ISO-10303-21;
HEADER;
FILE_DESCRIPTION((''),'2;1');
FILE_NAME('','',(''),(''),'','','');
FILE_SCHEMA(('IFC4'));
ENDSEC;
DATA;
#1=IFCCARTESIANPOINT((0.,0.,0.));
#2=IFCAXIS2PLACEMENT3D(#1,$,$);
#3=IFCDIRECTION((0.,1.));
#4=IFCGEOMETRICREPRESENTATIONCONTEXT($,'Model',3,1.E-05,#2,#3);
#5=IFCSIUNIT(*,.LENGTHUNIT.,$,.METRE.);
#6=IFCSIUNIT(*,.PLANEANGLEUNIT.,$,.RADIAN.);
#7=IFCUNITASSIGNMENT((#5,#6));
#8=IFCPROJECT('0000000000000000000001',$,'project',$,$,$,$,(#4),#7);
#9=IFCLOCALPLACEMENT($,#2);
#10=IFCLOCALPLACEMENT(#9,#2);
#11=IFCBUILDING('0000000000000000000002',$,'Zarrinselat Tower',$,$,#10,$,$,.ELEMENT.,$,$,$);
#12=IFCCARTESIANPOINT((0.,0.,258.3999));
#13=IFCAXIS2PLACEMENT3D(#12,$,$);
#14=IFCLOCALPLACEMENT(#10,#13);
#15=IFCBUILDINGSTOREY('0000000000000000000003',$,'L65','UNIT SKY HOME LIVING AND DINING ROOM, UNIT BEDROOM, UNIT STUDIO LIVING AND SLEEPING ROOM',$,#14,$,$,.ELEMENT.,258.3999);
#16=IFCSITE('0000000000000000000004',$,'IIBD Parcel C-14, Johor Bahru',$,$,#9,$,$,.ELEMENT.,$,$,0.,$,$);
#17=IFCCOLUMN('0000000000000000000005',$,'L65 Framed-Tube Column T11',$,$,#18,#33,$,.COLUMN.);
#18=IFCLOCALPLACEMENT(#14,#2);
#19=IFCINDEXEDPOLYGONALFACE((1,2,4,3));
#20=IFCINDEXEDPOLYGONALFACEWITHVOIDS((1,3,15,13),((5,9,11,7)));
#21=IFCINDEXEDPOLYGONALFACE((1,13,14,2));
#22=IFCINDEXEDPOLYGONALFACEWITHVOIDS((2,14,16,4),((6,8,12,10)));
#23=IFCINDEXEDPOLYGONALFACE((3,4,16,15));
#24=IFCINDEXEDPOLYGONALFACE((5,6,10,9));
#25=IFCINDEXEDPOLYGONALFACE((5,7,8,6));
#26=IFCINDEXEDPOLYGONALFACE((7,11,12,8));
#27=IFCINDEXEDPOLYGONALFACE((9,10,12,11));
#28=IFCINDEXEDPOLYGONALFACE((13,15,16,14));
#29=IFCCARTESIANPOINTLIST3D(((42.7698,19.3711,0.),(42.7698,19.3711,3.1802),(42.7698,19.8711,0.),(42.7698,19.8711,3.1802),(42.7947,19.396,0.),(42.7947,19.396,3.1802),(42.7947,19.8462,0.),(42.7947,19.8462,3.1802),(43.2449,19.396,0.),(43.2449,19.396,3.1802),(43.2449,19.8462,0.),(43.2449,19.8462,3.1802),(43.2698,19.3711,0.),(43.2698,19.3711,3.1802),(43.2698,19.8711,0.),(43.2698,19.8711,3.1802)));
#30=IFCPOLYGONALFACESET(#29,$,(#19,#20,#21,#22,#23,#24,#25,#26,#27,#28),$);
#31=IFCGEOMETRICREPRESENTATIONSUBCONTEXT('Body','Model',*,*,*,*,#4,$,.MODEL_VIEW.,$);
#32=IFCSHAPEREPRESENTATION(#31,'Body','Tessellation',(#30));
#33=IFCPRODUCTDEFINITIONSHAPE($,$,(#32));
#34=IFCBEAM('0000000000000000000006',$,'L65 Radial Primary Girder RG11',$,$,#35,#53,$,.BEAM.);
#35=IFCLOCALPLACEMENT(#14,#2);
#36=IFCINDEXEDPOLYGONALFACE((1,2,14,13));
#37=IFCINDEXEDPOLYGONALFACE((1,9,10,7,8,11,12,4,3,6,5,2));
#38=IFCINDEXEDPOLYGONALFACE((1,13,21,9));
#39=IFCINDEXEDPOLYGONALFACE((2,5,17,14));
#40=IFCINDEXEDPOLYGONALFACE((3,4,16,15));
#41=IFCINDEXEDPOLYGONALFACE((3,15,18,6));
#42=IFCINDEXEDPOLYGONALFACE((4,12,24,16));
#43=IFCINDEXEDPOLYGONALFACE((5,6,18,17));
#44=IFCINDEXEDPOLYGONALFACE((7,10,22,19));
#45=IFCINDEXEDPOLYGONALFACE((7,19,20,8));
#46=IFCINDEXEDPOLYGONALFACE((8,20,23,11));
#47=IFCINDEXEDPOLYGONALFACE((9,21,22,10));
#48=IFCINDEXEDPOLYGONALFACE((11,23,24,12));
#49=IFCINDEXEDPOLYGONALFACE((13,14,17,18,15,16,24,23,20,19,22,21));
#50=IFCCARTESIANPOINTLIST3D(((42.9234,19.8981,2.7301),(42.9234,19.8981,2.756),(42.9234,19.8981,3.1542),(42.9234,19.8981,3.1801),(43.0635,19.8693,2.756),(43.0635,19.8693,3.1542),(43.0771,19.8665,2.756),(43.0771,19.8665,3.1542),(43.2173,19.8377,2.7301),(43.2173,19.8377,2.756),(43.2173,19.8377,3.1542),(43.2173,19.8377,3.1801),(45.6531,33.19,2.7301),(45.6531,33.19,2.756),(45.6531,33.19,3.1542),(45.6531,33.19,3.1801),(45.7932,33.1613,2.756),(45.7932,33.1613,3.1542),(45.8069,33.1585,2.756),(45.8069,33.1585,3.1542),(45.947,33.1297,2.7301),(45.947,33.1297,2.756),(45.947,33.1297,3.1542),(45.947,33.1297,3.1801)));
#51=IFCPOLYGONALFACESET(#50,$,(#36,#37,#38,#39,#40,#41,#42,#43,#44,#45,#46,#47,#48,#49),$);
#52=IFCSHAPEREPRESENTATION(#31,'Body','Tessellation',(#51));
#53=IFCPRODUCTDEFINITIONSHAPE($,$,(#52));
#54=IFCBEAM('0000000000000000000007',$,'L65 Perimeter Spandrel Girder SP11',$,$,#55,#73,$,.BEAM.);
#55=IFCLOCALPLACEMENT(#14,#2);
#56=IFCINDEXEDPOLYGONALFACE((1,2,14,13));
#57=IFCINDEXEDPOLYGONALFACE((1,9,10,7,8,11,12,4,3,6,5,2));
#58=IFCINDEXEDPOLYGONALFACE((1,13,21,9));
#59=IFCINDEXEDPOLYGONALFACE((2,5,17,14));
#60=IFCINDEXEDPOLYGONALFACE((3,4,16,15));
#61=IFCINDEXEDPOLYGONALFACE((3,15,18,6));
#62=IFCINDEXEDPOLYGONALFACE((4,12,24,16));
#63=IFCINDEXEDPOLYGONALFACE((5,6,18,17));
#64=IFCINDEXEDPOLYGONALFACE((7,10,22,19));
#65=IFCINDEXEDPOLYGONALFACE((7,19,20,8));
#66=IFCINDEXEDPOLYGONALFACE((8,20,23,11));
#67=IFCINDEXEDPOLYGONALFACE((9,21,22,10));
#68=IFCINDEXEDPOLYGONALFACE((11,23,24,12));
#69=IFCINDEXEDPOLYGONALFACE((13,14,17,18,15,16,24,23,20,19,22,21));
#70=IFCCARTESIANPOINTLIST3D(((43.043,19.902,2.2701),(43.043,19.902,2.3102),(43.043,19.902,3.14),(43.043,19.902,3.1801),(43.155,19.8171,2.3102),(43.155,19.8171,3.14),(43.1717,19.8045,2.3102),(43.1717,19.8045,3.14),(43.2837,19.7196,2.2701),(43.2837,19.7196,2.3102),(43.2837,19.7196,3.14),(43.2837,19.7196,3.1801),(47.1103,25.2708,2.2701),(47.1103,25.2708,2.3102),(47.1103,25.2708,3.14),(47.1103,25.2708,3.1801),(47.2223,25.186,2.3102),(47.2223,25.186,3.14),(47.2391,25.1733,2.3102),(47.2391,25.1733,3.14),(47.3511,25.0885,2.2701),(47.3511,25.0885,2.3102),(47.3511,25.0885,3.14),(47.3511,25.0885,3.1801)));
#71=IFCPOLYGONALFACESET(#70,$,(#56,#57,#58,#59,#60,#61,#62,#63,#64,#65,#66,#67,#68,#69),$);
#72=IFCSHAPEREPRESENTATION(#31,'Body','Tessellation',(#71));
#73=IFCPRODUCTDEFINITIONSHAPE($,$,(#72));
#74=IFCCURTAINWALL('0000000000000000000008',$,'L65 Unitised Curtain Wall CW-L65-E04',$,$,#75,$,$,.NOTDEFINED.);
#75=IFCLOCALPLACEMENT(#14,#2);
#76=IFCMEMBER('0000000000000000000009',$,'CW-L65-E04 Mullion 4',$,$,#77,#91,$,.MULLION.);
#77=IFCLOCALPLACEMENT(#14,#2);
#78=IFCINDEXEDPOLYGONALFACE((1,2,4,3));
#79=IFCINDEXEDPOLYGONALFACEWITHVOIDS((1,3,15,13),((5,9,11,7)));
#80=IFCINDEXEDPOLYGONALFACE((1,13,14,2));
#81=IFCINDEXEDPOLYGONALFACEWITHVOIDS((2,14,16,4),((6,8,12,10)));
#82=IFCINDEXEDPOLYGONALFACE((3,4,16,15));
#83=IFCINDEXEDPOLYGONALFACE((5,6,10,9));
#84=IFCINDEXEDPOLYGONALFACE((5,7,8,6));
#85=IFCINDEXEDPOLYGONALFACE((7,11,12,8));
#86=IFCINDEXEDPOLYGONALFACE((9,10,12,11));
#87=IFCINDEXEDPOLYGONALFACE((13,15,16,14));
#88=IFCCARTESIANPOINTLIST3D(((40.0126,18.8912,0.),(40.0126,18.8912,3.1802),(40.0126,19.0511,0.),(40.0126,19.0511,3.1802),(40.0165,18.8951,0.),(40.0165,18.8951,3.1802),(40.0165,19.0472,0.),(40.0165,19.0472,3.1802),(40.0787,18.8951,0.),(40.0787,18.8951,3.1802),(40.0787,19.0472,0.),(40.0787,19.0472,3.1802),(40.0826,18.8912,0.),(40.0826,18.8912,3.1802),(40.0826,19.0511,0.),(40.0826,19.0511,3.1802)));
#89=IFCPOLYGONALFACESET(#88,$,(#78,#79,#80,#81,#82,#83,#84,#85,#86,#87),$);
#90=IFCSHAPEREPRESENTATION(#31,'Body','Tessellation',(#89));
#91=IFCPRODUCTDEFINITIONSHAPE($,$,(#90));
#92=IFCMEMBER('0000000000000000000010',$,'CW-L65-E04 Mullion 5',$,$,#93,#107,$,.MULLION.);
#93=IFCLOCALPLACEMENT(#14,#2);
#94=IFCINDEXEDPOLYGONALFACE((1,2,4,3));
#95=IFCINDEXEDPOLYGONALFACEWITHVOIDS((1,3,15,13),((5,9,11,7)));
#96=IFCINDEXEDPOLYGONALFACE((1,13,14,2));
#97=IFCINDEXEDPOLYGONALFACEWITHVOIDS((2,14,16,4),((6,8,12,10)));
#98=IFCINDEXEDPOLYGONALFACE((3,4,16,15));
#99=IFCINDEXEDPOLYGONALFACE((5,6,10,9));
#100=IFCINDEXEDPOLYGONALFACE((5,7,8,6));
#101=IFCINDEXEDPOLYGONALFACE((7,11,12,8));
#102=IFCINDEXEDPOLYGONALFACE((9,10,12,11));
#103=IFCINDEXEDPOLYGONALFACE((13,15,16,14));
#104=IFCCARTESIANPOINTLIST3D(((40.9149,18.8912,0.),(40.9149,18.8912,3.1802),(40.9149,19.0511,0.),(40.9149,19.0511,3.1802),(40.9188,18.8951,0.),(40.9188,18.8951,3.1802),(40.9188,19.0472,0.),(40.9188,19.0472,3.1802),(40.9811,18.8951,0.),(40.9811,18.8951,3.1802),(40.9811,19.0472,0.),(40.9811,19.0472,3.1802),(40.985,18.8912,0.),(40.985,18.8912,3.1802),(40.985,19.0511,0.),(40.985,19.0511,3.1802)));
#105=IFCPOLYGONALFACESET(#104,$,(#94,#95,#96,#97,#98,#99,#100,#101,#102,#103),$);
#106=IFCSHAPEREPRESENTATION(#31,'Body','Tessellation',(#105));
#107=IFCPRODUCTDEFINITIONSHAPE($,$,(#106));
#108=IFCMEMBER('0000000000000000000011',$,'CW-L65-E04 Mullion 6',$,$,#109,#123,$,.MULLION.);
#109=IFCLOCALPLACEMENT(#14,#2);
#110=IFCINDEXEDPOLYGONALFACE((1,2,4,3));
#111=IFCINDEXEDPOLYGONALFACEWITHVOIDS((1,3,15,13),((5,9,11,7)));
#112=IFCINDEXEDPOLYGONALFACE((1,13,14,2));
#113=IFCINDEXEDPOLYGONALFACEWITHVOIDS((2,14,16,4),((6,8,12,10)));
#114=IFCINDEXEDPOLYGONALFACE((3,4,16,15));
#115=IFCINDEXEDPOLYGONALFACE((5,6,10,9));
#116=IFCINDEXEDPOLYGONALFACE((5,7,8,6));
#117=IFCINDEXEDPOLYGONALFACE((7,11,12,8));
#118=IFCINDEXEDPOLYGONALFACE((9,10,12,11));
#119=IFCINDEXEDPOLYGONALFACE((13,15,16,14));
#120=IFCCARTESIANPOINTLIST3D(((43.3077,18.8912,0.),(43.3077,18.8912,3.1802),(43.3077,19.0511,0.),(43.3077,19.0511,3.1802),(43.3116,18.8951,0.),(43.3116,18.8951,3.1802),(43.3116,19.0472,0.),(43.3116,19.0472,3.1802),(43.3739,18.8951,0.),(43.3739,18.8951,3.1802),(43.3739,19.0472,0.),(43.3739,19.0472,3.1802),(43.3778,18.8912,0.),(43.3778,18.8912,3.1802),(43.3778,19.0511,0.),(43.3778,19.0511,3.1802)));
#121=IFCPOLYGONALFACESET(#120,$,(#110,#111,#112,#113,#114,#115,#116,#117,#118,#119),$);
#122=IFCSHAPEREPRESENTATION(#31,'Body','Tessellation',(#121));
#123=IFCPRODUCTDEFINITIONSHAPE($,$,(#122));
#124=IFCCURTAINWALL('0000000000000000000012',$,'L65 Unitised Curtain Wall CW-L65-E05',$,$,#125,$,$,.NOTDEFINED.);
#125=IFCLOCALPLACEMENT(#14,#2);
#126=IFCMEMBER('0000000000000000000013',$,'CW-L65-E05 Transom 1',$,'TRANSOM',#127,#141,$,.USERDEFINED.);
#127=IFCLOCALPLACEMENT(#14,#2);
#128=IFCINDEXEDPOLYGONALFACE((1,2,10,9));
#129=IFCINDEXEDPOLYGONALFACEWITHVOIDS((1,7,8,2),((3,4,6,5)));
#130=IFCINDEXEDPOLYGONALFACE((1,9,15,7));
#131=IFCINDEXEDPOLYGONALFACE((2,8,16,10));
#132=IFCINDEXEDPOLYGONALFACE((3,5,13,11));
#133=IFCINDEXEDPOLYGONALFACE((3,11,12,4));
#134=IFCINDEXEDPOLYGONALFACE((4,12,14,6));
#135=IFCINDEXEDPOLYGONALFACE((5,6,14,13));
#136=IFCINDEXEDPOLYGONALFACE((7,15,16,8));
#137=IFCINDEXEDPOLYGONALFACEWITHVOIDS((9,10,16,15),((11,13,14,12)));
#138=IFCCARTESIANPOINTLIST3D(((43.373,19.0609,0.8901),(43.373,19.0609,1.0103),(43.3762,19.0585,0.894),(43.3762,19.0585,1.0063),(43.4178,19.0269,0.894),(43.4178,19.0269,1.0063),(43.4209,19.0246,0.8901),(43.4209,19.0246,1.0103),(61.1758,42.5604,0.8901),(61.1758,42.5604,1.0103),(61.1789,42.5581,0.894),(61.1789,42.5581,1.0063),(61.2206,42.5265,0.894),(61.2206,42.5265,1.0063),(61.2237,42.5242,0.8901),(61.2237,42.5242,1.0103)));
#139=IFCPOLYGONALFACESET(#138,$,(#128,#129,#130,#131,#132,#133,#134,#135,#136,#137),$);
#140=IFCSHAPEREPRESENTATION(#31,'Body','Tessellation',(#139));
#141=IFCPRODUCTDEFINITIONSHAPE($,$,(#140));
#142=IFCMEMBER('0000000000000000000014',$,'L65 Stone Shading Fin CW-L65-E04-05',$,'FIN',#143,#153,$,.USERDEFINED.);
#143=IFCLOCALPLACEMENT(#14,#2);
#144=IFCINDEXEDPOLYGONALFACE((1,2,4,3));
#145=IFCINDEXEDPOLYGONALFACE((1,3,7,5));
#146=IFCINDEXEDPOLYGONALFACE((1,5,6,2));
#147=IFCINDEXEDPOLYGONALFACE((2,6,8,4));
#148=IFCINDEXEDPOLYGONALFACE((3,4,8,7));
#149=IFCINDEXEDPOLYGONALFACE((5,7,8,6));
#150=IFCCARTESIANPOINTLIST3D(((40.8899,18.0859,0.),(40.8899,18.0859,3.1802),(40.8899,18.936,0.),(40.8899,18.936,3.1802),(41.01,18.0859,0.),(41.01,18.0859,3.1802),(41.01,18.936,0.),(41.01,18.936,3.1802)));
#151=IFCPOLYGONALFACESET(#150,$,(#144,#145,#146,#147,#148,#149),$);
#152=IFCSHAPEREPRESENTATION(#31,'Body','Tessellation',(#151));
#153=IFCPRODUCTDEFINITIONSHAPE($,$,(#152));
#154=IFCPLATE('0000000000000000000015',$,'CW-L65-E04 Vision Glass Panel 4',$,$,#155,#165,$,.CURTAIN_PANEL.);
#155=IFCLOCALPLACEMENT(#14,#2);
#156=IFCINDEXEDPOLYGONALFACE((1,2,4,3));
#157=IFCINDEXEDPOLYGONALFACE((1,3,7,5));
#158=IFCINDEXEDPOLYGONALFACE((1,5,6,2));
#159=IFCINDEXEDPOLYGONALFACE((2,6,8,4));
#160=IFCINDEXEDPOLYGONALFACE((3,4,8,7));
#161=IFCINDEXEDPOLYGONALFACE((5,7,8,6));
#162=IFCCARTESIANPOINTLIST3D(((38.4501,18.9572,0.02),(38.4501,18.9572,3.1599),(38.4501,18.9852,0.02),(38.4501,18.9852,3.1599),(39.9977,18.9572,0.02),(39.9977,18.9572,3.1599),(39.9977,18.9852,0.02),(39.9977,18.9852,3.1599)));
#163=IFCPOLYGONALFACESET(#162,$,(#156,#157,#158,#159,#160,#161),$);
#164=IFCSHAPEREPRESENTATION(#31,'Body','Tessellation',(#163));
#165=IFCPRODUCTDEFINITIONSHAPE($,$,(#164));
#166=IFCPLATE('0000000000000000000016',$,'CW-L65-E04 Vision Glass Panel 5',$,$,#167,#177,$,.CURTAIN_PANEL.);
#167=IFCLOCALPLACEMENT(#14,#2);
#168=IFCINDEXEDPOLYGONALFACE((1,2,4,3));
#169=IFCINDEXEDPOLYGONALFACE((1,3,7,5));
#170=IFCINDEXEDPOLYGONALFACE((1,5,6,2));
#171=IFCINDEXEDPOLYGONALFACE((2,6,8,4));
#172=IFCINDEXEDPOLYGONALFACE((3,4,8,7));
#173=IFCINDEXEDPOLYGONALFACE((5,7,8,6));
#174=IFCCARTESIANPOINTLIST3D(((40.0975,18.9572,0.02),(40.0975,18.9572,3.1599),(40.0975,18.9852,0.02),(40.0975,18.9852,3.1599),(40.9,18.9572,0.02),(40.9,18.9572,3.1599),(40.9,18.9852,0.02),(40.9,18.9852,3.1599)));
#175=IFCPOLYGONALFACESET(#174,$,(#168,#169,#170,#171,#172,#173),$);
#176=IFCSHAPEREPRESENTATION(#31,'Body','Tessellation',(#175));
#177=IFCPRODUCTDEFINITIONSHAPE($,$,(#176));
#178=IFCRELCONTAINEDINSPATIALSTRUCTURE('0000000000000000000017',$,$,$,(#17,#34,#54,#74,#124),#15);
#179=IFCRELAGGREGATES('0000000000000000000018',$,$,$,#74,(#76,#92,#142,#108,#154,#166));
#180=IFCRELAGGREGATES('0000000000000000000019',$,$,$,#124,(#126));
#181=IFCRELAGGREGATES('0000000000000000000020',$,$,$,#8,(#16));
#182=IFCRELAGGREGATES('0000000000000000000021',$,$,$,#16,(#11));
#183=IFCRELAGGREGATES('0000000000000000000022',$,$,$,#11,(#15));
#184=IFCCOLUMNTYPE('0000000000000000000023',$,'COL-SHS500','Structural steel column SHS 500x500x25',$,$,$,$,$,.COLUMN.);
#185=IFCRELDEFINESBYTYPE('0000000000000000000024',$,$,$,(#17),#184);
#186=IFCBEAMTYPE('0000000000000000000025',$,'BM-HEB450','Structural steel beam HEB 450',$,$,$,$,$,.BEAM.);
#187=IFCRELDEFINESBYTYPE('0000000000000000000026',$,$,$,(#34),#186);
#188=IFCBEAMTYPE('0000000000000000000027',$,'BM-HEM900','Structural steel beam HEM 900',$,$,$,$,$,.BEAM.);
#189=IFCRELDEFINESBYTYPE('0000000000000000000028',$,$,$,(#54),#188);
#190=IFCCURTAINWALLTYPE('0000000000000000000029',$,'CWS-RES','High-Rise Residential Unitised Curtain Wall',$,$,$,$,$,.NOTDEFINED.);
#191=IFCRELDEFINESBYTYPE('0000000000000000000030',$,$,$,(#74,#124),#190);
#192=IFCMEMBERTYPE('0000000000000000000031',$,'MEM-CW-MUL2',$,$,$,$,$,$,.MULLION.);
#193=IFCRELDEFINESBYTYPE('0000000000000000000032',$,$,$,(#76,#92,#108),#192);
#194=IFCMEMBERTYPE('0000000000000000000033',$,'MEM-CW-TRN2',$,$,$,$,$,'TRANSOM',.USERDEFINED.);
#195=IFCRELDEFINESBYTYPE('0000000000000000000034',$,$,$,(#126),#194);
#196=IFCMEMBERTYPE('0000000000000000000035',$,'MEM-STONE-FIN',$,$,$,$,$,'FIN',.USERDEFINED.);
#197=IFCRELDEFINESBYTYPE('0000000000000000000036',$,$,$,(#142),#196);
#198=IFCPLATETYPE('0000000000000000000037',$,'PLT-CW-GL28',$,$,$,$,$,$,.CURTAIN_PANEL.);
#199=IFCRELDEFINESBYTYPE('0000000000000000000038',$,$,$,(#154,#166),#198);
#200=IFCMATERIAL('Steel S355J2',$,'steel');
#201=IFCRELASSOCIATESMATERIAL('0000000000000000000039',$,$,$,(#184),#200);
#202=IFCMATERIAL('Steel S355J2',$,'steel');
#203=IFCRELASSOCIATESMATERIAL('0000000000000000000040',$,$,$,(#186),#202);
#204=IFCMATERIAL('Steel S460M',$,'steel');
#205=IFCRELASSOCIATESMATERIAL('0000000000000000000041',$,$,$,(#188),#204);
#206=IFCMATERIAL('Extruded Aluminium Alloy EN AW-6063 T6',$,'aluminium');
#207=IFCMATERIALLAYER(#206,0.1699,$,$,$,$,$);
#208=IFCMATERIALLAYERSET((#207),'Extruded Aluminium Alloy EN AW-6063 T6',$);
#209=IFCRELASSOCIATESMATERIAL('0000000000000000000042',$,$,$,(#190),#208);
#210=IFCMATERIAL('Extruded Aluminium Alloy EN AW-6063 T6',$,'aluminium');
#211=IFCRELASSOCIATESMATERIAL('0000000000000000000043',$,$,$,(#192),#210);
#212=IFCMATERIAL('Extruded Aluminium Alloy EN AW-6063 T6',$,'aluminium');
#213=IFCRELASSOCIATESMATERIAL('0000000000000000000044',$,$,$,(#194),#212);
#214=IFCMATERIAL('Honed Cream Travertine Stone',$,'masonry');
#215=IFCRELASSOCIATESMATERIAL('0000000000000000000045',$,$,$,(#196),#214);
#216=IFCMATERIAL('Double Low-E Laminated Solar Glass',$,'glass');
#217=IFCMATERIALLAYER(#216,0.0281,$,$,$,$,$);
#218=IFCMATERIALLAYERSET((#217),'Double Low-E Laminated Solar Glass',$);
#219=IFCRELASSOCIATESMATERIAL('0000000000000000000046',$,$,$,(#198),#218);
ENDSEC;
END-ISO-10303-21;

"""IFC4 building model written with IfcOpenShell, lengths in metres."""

from ifc_helpers import new_model, si_unit, direction, frame, origin, origin_2d, place, context, subcontext, project, spatial, rectangle, hollow_rectangle, i_section, extrude, material, layer, layer_set, material_profile, profile_set, type_object, element, aggregate, save


model = new_model("IFC4")

# Units and contexts
model_context = context("Model", 3, precision=1e-05, world=origin(), true_north=direction((0.0, 1.0)))
body_context = subcontext(model_context, "Body", "Model", "MODEL_VIEW")
ifc_project = project(units=[si_unit("LENGTHUNIT", "METRE"), si_unit("PLANEANGLEUNIT", "RADIAN")], contexts=[model_context])

# Site, building, storey
site_placement = place(None, origin())
site = spatial("IfcSite", under=ifc_project, at=site_placement, Name="IIBD Parcel C-14, Johor Bahru", CompositionType="ELEMENT", RefElevation=0.0)
building_placement = place(site_placement, origin())
building = spatial("IfcBuilding", under=site, at=building_placement, Name="Zarrinselat Tower", CompositionType="ELEMENT")
storey_placement = place(building_placement, frame((0.0, 0.0, 258.3999)))
storey = spatial("IfcBuildingStorey", under=building, at=storey_placement, Name="L65", Description="UNIT SKY HOME LIVING AND DINING ROOM, UNIT BEDROOM, UNIT STUDIO LIVING AND SLEEPING ROOM", CompositionType="ELEMENT", Elevation=258.3999)

# Column
ifc_material_1 = material(Name="Steel S355J2", Category="steel")
ifc_material_profile_1 = material_profile(ifc_material_1, hollow_rectangle(XDim=0.5, YDim=0.5, WallThickness=0.0249, at=origin_2d()), Name="SHS 500x500x25")
ifc_profile_set_1 = profile_set([ifc_material_profile_1], Name="Steel S355J2")
column_type = type_object("IfcColumnType", Name="COL-SHS500", Description="Structural steel column SHS 500x500x25", PredefinedType="COLUMN", material=ifc_profile_set_1)
column_placement = place(storey_placement, frame((43.0198, 19.6211, 0.0), z_axis=(0.0, 0.0, 1.0), x_axis=(1.0, 0.0, 0.0)))
element("IfcColumn", 1, at=column_placement, inside=storey, type_object=column_type, Name="L65 Framed-Tube Column T11", PredefinedType="COLUMN", context=body_context, shape_type="SweptSolid", body=[
    extrude(hollow_rectangle(XDim=0.5, YDim=0.5, WallThickness=0.0249, at=origin_2d()), origin(), (0.0, 0.0, 1.0), 3.1802),
])

# Beams
ifc_material_2 = material(Name="Steel S355J2", Category="steel")
ifc_material_profile_2 = material_profile(ifc_material_2, i_section(OverallWidth=0.3, OverallDepth=0.45, WebThickness=0.0139, FlangeThickness=0.0259, at=origin_2d()), Name="HEB 450")
ifc_profile_set_2 = profile_set([ifc_material_profile_2], Name="Steel S355J2")
beam_type_1 = type_object("IfcBeamType", Name="BM-HEB450", Description="Structural steel beam HEB 450", PredefinedType="BEAM", material=ifc_profile_set_2)
beam_1_placement = place(storey_placement, frame((43.0703, 19.8679, 2.9551), z_axis=(0.201169, 0.979557, 0.0), x_axis=(-0.979557, 0.201169, 0.0)))
element("IfcBeam", 2, at=beam_1_placement, inside=storey, type_object=beam_type_1, Name="L65 Radial Primary Girder RG11", PredefinedType="BEAM", context=body_context, shape_type="SweptSolid", body=[
    extrude(i_section(OverallWidth=0.3, OverallDepth=0.45, WebThickness=0.0139, FlangeThickness=0.0259, at=origin_2d()), origin(), (0.0, 0.0, 1.0), 13.5693),
])
ifc_material_3 = material(Name="Steel S460M", Category="steel")
ifc_material_profile_3 = material_profile(ifc_material_3, i_section(OverallWidth=0.302, OverallDepth=0.9099, WebThickness=0.021, FlangeThickness=0.04, at=origin_2d()), Name="HEM 900")
ifc_profile_set_3 = profile_set([ifc_material_profile_3], Name="Steel S460M")
beam_type_2 = type_object("IfcBeamType", Name="BM-HEM900", Description="Structural steel beam HEM 900", PredefinedType="BEAM", material=ifc_profile_set_3)
beam_2_placement = place(storey_placement, frame((43.1633, 19.8108, 2.7251), z_axis=(0.603861, 0.79709, 0.0), x_axis=(-0.79709, 0.603861, 0.0)))
element("IfcBeam", 3, at=beam_2_placement, inside=storey, type_object=beam_type_2, Name="L65 Perimeter Spandrel Girder SP11", PredefinedType="BEAM", context=body_context, shape_type="SweptSolid", body=[
    extrude(i_section(OverallWidth=0.302, OverallDepth=0.9099, WebThickness=0.021, FlangeThickness=0.04, at=origin_2d()), origin(), (0.0, 0.0, 1.0), 6.7356),
])

# Curtain wall, members
ifc_material_4 = material(Name="Extruded Aluminium Alloy EN AW-6063 T6", Category="aluminium")
ifc_layer_1 = layer(ifc_material_4, 0.1699)
ifc_layer_set_1 = layer_set([ifc_layer_1], Name="Extruded Aluminium Alloy EN AW-6063 T6")
curtain_wall_type = type_object("IfcCurtainWallType", Name="CWS-RES", Description="High-Rise Residential Unitised Curtain Wall", PredefinedType="NOTDEFINED", material=ifc_layer_set_1)
curtain_wall_1_placement = place(storey_placement, origin())
curtain_wall_1 = element("IfcCurtainWall", 4, at=curtain_wall_1_placement, inside=storey, type_object=curtain_wall_type, Name="L65 Unitised Curtain Wall CW-L65-E04", PredefinedType="NOTDEFINED")
ifc_material_5 = material(Name="Extruded Aluminium Alloy EN AW-6063 T6", Category="aluminium")
ifc_material_profile_4 = material_profile(ifc_material_5, hollow_rectangle(XDim=0.0701, YDim=0.1599, WallThickness=0.0039, at=origin_2d()), Name="RHS 160x70x4")
ifc_profile_set_4 = profile_set([ifc_material_profile_4], Name="Extruded Aluminium Alloy EN AW-6063 T6")
member_type_1 = type_object("IfcMemberType", Name="MEM-CW-MUL2", PredefinedType="MULLION", material=ifc_profile_set_4)
member_1_placement = place(storey_placement, frame((40.0476, 18.9712, 0.0), z_axis=(0.0, 0.0, 1.0), x_axis=(1.0, 0.0, 0.0)))
member_1 = element("IfcMember", 5, at=member_1_placement, type_object=member_type_1, Name="CW-L65-E04 Mullion 4", PredefinedType="MULLION", context=body_context, shape_type="SweptSolid", body=[
    extrude(hollow_rectangle(XDim=0.0701, YDim=0.1599, WallThickness=0.0039, at=origin_2d()), origin(), (0.0, 0.0, 1.0), 3.1802),
])
member_2_placement = place(storey_placement, frame((40.95, 18.9712, 0.0), z_axis=(0.0, 0.0, 1.0), x_axis=(1.0, 0.0, 0.0)))
member_2 = element("IfcMember", 6, at=member_2_placement, type_object=member_type_1, Name="CW-L65-E04 Mullion 5", PredefinedType="MULLION", context=body_context, shape_type="SweptSolid", body=[
    extrude(hollow_rectangle(XDim=0.0701, YDim=0.1599, WallThickness=0.0039, at=origin_2d()), origin(), (0.0, 0.0, 1.0), 3.1802),
])
member_3_placement = place(storey_placement, frame((43.3428, 18.9712, 0.0), z_axis=(0.0, 0.0, 1.0), x_axis=(1.0, 0.0, 0.0)))
member_3 = element("IfcMember", 7, at=member_3_placement, type_object=member_type_1, Name="CW-L65-E04 Mullion 6", PredefinedType="MULLION", context=body_context, shape_type="SweptSolid", body=[
    extrude(hollow_rectangle(XDim=0.0701, YDim=0.1599, WallThickness=0.0039, at=origin_2d()), origin(), (0.0, 0.0, 1.0), 3.1802),
])

# Curtain wall, member
curtain_wall_2_placement = place(storey_placement, origin())
curtain_wall_2 = element("IfcCurtainWall", 8, at=curtain_wall_2_placement, inside=storey, type_object=curtain_wall_type, Name="L65 Unitised Curtain Wall CW-L65-E05", PredefinedType="NOTDEFINED")
ifc_material_6 = material(Name="Extruded Aluminium Alloy EN AW-6063 T6", Category="aluminium")
ifc_material_profile_5 = material_profile(ifc_material_6, hollow_rectangle(XDim=0.0601, YDim=0.1201, WallThickness=0.0039, at=origin_2d()), Name="RHS 120x60x4")
ifc_profile_set_5 = profile_set([ifc_material_profile_5], Name="Extruded Aluminium Alloy EN AW-6063 T6")
member_type_2 = type_object("IfcMemberType", Name="MEM-CW-TRN2", ElementType="TRANSOM", PredefinedType="USERDEFINED", material=ifc_profile_set_5)
member_4_placement = place(storey_placement, frame((43.397, 19.0427, 0.9502), z_axis=(0.603859, 0.797091, 0.0), x_axis=(-0.797091, 0.603859, 0.0)))
member_4 = element("IfcMember", 9, at=member_4_placement, type_object=member_type_2, Name="CW-L65-E05 Transom 1", ObjectType="TRANSOM", PredefinedType="USERDEFINED", context=body_context, shape_type="SweptSolid", body=[
    extrude(hollow_rectangle(XDim=0.0601, YDim=0.1201, WallThickness=0.0039, at=origin_2d()), origin(), (0.0, 0.0, 1.0), 29.4817),
])

# Member
ifc_material_7 = material(Name="Honed Cream Travertine Stone", Category="masonry")
ifc_material_profile_6 = material_profile(ifc_material_7, rectangle(XDim=0.1201, YDim=0.8501, at=origin_2d()), Name="FIN 850x120")
ifc_profile_set_6 = profile_set([ifc_material_profile_6], Name="Honed Cream Travertine Stone")
member_type_3 = type_object("IfcMemberType", Name="MEM-STONE-FIN", ElementType="FIN", PredefinedType="USERDEFINED", material=ifc_profile_set_6)
member_5_placement = place(storey_placement, frame((40.95, 18.511, 0.0), z_axis=(0.0, 0.0, 1.0), x_axis=(-1.0, 0.0, 0.0)))
member_5 = element("IfcMember", 10, at=member_5_placement, type_object=member_type_3, Name="L65 Stone Shading Fin CW-L65-E04-05", ObjectType="FIN", PredefinedType="USERDEFINED", context=body_context, shape_type="SweptSolid", body=[
    extrude(rectangle(XDim=0.1201, YDim=0.8501, at=origin_2d()), origin(), (0.0, 0.0, 1.0), 3.1802),
])

# Plates
ifc_material_8 = material(Name="Double Low-E Laminated Solar Glass", Category="glass")
ifc_layer_2 = layer(ifc_material_8, 0.0281)
ifc_layer_set_2 = layer_set([ifc_layer_2], Name="Double Low-E Laminated Solar Glass")
plate_type = type_object("IfcPlateType", Name="PLT-CW-GL28", PredefinedType="CURTAIN_PANEL", material=ifc_layer_set_2)
plate_1_placement = place(storey_placement, frame((39.2239, 18.9712, 0.02), z_axis=(0.0, 0.0, 1.0), x_axis=(1.0, 0.0, 0.0)))
plate_1 = element("IfcPlate", 11, at=plate_1_placement, type_object=plate_type, Name="CW-L65-E04 Vision Glass Panel 4", PredefinedType="CURTAIN_PANEL", context=body_context, shape_type="SweptSolid", body=[
    extrude(rectangle(XDim=1.5476, YDim=0.0281, at=origin_2d()), origin(), (0.0, 0.0, 1.0), 3.1399),
])
plate_2_placement = place(storey_placement, frame((40.4988, 18.9712, 0.02), z_axis=(0.0, 0.0, 1.0), x_axis=(1.0, 0.0, 0.0)))
plate_2 = element("IfcPlate", 12, at=plate_2_placement, type_object=plate_type, Name="CW-L65-E04 Vision Glass Panel 5", PredefinedType="CURTAIN_PANEL", context=body_context, shape_type="SweptSolid", body=[
    extrude(rectangle(XDim=0.8025, YDim=0.0281, at=origin_2d()), origin(), (0.0, 0.0, 1.0), 3.1399),
])
aggregate(curtain_wall_1, [member_1, member_2, member_5, member_3, plate_1, plate_2])
aggregate(curtain_wall_2, [member_4])

save(model, "model.ifc")
